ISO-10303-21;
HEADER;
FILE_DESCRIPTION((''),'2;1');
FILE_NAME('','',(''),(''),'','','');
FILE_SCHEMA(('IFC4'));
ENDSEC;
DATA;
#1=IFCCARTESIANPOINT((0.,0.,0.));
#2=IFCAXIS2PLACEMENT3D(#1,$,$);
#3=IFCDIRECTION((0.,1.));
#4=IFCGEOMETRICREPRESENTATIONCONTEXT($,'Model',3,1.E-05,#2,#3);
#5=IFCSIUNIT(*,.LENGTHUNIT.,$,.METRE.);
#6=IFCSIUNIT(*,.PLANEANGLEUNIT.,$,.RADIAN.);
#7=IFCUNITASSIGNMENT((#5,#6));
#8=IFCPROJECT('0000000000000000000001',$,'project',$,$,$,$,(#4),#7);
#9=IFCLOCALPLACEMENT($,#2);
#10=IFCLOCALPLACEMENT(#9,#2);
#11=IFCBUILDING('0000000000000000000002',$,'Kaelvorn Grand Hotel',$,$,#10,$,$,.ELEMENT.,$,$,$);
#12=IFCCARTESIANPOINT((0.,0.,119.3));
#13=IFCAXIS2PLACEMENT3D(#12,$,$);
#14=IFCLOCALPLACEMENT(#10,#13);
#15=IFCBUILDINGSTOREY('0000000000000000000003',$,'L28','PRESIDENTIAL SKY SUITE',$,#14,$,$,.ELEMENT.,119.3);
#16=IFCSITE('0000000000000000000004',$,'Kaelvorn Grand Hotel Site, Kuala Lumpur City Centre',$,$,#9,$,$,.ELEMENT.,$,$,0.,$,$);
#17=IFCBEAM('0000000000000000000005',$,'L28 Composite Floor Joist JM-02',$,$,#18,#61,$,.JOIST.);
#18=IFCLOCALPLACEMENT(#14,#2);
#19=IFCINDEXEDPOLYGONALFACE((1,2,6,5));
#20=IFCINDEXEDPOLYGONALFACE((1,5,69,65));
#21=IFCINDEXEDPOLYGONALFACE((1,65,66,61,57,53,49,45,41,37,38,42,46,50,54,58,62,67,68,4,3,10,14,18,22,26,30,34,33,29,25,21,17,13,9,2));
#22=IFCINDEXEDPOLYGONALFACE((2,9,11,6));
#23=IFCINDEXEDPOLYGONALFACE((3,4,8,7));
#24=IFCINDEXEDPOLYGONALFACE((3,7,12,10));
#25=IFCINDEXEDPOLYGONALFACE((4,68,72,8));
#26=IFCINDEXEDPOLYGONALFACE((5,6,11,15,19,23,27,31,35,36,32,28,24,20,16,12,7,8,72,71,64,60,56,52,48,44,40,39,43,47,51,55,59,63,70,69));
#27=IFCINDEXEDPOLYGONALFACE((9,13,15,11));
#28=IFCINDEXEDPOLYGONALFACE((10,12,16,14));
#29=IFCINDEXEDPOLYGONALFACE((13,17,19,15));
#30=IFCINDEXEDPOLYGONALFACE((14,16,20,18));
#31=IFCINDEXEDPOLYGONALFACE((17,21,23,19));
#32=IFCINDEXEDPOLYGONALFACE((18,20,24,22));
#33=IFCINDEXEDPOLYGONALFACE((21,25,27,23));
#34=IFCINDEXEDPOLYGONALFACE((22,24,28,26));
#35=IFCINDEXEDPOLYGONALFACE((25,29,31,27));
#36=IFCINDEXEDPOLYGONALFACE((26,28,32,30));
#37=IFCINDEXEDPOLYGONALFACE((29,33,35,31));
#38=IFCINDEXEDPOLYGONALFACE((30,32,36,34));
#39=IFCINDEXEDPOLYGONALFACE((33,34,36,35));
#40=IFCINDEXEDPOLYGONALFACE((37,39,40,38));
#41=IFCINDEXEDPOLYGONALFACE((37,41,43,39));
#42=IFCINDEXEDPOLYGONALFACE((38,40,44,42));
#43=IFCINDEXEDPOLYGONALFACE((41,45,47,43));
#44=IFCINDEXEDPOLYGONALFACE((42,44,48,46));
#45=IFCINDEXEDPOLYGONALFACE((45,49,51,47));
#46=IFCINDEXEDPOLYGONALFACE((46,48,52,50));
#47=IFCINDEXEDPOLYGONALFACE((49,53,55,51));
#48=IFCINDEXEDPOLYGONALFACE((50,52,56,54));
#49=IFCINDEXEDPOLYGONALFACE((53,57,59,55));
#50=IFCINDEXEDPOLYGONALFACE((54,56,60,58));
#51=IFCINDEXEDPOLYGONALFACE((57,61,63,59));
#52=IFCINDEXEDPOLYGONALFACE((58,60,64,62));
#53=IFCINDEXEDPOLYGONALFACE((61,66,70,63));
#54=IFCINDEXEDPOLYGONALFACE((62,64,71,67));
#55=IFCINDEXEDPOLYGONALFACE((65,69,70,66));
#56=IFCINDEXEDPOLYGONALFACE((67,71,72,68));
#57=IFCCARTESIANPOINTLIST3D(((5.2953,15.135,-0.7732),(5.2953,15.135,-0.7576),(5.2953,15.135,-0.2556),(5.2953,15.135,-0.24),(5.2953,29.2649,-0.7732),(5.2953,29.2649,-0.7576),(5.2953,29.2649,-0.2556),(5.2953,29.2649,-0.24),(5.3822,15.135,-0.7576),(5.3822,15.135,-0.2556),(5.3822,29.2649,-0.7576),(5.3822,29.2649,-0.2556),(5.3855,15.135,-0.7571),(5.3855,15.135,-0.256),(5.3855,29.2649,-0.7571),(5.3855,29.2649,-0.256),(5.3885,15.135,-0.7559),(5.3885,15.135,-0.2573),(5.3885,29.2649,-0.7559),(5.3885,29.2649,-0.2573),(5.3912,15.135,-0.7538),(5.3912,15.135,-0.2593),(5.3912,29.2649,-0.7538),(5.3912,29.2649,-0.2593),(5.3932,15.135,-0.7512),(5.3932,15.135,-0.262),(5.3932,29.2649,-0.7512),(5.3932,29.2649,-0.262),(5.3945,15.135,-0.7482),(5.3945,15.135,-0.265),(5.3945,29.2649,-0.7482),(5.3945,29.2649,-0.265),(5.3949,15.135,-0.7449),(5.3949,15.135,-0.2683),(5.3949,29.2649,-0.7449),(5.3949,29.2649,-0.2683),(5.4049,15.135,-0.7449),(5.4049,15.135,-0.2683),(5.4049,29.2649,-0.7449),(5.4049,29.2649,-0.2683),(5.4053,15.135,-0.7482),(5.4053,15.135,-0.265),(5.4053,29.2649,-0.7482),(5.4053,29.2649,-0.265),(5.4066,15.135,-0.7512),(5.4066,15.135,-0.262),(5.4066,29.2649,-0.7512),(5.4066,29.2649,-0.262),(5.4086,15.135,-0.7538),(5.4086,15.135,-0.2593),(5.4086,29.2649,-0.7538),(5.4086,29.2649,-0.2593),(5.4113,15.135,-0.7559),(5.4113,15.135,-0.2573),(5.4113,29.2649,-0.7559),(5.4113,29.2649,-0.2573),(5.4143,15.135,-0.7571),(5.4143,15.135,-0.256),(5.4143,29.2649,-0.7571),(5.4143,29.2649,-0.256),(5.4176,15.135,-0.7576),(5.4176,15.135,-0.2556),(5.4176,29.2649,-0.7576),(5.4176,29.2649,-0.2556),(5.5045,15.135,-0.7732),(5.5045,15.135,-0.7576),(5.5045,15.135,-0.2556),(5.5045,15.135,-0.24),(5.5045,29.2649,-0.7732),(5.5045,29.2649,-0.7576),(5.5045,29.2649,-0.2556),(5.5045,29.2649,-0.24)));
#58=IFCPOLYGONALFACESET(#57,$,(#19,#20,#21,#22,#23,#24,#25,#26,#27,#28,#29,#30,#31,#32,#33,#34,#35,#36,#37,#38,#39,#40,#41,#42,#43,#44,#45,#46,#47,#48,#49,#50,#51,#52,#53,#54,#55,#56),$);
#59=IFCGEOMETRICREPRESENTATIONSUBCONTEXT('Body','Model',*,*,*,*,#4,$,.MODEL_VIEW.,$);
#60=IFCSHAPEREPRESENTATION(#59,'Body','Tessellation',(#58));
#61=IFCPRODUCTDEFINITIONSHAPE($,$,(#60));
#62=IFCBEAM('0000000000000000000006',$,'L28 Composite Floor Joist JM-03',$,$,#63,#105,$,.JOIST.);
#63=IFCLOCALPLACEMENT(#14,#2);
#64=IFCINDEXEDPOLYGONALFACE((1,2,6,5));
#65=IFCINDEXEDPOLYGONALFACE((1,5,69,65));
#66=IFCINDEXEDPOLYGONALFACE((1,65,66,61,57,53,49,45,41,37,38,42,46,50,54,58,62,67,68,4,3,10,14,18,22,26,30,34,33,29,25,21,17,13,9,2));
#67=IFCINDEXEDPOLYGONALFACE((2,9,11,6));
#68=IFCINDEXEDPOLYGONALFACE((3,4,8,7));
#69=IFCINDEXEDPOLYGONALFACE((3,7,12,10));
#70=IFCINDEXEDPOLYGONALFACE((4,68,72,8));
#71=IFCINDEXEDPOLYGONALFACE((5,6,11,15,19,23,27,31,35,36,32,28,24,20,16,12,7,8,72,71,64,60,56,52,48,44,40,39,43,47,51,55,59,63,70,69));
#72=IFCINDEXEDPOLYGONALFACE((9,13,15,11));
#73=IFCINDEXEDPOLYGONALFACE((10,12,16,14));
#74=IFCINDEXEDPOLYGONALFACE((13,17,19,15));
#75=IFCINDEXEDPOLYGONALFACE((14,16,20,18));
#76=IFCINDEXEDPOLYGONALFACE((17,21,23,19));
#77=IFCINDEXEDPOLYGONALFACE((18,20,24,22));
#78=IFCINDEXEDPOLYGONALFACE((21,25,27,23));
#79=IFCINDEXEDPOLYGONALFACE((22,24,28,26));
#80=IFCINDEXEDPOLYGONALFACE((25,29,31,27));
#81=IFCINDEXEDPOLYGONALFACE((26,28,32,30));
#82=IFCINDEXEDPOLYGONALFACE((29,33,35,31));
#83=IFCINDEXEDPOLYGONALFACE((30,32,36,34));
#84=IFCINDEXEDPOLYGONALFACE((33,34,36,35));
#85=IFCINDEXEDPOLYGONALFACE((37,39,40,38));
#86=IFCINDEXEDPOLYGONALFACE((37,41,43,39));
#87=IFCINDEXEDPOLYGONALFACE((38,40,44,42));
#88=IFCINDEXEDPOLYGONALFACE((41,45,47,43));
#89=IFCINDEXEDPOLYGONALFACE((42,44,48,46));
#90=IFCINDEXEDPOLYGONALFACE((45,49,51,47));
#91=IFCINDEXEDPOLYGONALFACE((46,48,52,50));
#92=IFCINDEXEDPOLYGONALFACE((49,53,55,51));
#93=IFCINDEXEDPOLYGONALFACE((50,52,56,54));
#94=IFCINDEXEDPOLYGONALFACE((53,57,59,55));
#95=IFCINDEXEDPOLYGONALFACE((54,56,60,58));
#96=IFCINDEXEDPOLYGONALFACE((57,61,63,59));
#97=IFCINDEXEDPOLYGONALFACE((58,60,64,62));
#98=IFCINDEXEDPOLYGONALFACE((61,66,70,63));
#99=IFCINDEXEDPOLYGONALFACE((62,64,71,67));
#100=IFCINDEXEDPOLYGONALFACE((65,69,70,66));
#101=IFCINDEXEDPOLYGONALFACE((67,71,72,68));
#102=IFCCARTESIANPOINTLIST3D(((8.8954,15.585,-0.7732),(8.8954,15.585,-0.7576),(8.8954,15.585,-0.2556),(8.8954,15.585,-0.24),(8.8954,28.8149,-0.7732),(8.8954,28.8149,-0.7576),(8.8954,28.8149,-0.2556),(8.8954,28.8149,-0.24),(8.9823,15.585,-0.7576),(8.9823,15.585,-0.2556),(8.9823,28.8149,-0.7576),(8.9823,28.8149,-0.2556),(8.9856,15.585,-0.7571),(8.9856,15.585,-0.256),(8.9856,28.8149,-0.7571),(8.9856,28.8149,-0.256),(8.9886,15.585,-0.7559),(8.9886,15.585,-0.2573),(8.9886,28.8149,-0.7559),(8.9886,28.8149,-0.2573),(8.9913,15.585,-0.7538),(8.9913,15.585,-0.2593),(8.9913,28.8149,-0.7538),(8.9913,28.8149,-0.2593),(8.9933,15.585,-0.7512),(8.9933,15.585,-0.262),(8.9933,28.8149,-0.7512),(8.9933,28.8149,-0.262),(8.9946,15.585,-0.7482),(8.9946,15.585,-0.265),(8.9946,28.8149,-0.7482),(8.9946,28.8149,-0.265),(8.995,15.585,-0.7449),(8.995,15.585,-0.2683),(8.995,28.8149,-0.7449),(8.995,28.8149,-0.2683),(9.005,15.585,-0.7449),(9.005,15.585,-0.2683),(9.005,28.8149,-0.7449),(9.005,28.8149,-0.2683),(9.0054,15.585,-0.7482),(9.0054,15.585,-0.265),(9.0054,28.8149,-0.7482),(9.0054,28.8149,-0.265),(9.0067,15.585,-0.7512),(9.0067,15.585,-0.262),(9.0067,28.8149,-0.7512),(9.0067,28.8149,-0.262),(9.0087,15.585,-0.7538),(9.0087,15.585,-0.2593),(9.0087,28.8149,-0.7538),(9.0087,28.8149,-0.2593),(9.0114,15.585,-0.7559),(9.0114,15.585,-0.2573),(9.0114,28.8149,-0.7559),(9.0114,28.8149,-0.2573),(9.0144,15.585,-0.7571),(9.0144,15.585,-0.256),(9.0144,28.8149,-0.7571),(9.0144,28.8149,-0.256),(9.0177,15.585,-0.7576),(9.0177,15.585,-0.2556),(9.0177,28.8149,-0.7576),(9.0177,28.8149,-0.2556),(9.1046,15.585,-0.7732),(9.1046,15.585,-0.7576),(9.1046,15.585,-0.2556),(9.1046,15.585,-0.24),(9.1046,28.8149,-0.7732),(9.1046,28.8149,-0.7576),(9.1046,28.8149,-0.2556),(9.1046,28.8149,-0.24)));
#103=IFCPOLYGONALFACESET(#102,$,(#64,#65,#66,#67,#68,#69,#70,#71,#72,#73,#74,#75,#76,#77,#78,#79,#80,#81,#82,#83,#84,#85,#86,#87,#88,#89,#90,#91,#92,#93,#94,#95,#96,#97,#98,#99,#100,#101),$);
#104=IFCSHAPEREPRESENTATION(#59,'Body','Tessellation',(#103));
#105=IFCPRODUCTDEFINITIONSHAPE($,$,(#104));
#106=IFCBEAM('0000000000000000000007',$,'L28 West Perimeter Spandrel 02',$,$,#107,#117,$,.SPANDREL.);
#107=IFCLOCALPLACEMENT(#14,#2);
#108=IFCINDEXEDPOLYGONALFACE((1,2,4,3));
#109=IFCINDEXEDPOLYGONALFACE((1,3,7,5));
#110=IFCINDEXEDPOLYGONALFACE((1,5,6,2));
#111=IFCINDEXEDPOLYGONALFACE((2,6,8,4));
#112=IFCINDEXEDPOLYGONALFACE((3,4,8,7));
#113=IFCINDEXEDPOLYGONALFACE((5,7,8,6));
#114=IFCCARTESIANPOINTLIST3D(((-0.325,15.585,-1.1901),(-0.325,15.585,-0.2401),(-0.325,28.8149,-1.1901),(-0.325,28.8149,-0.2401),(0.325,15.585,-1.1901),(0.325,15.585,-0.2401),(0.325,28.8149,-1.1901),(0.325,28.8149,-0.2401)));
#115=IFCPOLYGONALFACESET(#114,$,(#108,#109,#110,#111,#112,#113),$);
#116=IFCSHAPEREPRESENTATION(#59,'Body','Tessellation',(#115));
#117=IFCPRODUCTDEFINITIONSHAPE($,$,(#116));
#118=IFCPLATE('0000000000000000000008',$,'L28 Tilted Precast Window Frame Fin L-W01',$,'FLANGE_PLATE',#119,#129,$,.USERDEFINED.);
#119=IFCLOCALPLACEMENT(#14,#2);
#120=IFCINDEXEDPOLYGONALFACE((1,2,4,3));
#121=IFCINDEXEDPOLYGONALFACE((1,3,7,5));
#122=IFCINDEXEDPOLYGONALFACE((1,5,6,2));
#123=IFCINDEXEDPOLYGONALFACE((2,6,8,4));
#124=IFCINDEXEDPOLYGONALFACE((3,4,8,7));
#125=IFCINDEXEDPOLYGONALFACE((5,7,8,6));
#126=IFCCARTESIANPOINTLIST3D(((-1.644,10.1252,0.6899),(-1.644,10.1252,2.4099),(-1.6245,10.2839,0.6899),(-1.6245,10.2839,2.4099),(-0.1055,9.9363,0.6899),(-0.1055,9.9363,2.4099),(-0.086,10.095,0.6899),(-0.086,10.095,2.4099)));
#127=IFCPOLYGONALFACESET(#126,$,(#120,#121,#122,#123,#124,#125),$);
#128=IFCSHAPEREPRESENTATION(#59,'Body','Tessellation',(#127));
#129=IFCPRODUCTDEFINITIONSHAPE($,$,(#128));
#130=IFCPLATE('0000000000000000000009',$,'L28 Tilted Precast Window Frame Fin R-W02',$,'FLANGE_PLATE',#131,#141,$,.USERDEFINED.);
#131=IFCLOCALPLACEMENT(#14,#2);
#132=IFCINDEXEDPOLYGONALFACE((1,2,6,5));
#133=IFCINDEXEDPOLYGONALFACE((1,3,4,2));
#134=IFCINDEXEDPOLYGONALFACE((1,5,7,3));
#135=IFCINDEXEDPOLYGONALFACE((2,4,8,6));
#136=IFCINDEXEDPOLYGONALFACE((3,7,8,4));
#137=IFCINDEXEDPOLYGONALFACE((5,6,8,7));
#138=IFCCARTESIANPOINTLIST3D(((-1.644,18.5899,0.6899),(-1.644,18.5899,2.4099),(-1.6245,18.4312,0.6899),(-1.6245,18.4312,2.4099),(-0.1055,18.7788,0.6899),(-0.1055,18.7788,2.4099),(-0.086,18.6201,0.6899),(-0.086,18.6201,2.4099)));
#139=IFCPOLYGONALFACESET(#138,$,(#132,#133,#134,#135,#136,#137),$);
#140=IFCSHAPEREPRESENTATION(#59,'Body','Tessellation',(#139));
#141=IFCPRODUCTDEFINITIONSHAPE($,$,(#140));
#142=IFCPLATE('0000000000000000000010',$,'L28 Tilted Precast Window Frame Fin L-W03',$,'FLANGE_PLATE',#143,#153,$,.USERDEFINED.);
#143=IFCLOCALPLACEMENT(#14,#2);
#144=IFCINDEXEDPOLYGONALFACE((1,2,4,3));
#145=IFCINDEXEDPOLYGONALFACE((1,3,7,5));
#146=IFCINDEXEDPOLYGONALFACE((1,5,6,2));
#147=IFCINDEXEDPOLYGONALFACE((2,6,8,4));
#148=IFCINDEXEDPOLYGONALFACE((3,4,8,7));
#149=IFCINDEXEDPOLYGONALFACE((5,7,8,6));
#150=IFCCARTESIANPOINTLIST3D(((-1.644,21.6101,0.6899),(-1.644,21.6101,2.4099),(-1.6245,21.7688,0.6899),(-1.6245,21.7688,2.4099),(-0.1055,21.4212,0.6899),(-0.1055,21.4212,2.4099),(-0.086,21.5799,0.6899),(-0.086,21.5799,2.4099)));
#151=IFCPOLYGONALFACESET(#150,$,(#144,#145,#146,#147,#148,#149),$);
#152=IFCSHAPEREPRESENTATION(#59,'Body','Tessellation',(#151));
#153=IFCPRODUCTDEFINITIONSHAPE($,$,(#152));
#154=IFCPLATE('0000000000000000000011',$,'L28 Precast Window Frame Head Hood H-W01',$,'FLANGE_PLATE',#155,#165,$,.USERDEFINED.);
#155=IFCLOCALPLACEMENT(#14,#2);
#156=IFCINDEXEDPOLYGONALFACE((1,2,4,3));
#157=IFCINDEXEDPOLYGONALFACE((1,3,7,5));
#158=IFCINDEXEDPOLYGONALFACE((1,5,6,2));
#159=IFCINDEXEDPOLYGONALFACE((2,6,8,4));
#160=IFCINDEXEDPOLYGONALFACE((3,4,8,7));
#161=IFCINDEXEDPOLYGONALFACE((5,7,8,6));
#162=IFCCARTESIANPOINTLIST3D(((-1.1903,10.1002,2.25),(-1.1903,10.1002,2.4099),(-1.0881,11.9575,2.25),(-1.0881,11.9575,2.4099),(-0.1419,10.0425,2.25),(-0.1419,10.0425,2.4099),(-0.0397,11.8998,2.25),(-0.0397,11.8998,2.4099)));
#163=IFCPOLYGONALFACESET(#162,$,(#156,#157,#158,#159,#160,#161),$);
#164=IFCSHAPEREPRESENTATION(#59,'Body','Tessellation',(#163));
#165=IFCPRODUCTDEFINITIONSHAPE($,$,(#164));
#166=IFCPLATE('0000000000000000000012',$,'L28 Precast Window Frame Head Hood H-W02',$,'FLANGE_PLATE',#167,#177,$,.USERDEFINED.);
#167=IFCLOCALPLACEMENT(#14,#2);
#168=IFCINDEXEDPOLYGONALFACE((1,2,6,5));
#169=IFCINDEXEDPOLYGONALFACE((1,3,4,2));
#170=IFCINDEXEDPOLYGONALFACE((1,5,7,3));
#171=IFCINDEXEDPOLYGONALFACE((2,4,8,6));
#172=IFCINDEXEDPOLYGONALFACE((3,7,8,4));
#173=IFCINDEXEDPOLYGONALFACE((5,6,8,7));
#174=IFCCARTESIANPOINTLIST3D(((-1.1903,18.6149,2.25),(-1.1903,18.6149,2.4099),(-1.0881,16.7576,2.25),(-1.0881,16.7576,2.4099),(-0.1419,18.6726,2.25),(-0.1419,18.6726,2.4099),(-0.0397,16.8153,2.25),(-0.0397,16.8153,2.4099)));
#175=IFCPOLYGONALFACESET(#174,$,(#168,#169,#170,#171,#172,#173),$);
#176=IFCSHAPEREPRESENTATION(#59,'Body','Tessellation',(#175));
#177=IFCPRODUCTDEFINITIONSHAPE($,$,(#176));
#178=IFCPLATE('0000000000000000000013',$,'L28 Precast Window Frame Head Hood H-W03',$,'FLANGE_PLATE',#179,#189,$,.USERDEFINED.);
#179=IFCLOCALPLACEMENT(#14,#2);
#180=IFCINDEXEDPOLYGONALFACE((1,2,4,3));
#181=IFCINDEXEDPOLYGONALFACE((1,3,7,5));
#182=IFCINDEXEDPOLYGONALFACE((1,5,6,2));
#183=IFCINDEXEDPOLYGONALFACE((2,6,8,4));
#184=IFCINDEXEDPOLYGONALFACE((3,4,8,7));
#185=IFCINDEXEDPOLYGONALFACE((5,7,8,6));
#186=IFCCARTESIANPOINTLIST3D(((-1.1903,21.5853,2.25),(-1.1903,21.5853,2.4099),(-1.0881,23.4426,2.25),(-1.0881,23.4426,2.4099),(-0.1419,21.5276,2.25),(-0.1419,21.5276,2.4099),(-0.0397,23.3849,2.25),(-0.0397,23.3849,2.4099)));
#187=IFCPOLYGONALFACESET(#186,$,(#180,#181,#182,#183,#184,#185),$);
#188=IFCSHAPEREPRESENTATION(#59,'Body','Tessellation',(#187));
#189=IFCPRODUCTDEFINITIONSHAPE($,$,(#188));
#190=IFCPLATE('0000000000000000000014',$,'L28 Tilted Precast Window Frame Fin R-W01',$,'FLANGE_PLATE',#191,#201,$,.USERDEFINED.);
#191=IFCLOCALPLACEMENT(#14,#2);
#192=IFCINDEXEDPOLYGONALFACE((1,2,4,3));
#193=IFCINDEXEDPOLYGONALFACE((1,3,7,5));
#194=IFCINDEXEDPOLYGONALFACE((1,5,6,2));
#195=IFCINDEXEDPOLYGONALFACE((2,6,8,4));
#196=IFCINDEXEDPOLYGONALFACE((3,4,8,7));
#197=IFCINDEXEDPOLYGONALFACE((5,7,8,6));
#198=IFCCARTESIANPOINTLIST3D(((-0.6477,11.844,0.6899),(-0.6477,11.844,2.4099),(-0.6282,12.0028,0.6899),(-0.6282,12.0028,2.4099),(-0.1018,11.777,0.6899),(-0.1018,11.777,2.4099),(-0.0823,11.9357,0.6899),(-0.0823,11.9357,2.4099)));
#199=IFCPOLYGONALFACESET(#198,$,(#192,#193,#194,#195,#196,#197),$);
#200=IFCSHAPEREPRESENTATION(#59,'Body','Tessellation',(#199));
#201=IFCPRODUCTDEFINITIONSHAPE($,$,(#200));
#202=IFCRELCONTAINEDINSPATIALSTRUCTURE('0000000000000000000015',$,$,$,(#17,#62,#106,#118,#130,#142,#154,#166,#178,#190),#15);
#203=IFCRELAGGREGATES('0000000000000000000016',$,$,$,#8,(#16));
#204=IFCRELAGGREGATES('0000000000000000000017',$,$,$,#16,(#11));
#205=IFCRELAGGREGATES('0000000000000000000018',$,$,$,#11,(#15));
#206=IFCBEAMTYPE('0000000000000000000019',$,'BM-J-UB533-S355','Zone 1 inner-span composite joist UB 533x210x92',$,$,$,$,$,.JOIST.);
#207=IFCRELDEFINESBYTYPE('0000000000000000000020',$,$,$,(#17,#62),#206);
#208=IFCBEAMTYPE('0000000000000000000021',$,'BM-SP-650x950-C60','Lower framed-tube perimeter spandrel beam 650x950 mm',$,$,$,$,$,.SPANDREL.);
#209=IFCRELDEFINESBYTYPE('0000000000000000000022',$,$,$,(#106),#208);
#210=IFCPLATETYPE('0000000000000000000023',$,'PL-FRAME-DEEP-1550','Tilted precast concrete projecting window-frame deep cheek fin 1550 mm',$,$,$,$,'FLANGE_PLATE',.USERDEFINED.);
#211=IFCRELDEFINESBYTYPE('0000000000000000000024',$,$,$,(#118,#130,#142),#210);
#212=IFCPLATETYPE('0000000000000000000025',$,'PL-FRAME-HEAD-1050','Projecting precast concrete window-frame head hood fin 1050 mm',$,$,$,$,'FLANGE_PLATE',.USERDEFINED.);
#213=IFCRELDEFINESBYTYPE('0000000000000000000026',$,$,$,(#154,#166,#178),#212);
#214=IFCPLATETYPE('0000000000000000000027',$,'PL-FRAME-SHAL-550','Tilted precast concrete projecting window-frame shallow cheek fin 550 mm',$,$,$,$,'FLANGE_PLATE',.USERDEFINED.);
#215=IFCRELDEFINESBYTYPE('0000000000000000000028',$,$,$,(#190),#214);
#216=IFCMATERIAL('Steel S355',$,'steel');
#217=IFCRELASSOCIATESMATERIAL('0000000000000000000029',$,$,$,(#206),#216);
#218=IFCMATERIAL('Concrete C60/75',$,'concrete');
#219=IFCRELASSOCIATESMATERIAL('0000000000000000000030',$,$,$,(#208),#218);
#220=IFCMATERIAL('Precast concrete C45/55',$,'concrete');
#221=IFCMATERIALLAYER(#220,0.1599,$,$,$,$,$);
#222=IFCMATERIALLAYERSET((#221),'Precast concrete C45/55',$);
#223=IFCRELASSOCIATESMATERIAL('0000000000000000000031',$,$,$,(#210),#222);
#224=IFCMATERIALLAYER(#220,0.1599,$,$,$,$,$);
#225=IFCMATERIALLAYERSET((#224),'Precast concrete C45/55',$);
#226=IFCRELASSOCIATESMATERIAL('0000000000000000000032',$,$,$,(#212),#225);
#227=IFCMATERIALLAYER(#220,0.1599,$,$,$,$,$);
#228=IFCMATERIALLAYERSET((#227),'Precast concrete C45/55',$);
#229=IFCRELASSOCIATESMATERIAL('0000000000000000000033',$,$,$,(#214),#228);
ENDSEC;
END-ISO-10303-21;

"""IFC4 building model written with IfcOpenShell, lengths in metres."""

from ifc_helpers import new_model, si_unit, direction, frame, origin, origin_2d, place, context, subcontext, project, spatial, rectangle, i_section, extrude, material, layer, layer_set, material_profile, profile_set, type_object, element, save


model = new_model("IFC4")

# Units and contexts
model_context = context("Model", 3, precision=1e-05, world=origin(), true_north=direction((0.0, 1.0)))
body_context = subcontext(model_context, "Body", "Model", "MODEL_VIEW")
ifc_project = project(units=[si_unit("LENGTHUNIT", "METRE"), si_unit("PLANEANGLEUNIT", "RADIAN")], contexts=[model_context])

# Site, building, storey
site_placement = place(None, origin())
site = spatial("IfcSite", under=ifc_project, at=site_placement, Name="Kaelvorn Grand Hotel Site, Kuala Lumpur City Centre", CompositionType="ELEMENT", RefElevation=0.0)
building_placement = place(site_placement, origin())
building = spatial("IfcBuilding", under=site, at=building_placement, Name="Kaelvorn Grand Hotel", CompositionType="ELEMENT")
storey_placement = place(building_placement, frame((0.0, 0.0, 119.3)))
storey = spatial("IfcBuildingStorey", under=building, at=storey_placement, Name="L28", Description="PRESIDENTIAL SKY SUITE", CompositionType="ELEMENT", Elevation=119.3)

# Shared definitions
ifc_material_1 = material(Name="Concrete C60/75", Category="concrete")

# Beams
ifc_material_2 = material(Name="Steel S355", Category="steel")
ifc_material_profile_1 = material_profile(ifc_material_2, i_section(OverallWidth=0.2092, OverallDepth=0.5332, WebThickness=0.01, FlangeThickness=0.0156, FilletRadius=0.0127, at=origin_2d()), Name="UB 533x210x92")
ifc_profile_set_1 = profile_set([ifc_material_profile_1], Name="Steel S355")
beam_type_1 = type_object("IfcBeamType", Name="BM-J-UB533-S355", Description="Zone 1 inner-span composite joist UB 533x210x92", PredefinedType="JOIST", material=ifc_profile_set_1)
beam_1_placement = place(storey_placement, frame((5.3999, 15.135, -0.5066), z_axis=(0.0, 1.0, 0.0), x_axis=(-1.0, 0.0, 0.0)))
element("IfcBeam", 1, at=beam_1_placement, inside=storey, type_object=beam_type_1, Name="L28 Composite Floor Joist JM-02", PredefinedType="JOIST", context=body_context, shape_type="SweptSolid", body=[
    extrude(i_section(OverallWidth=0.2092, OverallDepth=0.5332, WebThickness=0.01, FlangeThickness=0.0156, FilletRadius=0.0127, at=origin_2d()), origin(), (0.0, 0.0, 1.0), 14.1299),
])
beam_2_placement = place(storey_placement, frame((9.0, 15.585, -0.5066), z_axis=(0.0, 1.0, 0.0), x_axis=(-1.0, 0.0, 0.0)))
element("IfcBeam", 2, at=beam_2_placement, inside=storey, type_object=beam_type_1, Name="L28 Composite Floor Joist JM-03", PredefinedType="JOIST", context=body_context, shape_type="SweptSolid", body=[
    extrude(i_section(OverallWidth=0.2092, OverallDepth=0.5332, WebThickness=0.01, FlangeThickness=0.0156, FilletRadius=0.0127, at=origin_2d()), origin(), (0.0, 0.0, 1.0), 13.23),
])
ifc_material_profile_2 = material_profile(ifc_material_1, rectangle(XDim=0.6499, YDim=0.95, at=origin_2d()), Name="RC SPANDREL 650x950")
ifc_profile_set_2 = profile_set([ifc_material_profile_2], Name="Concrete C60/75")
beam_type_2 = type_object("IfcBeamType", Name="BM-SP-650x950-C60", Description="Lower framed-tube perimeter spandrel beam 650x950 mm", PredefinedType="SPANDREL", material=ifc_profile_set_2)
beam_3_placement = place(storey_placement, frame((0.0, 15.585, -0.7151), z_axis=(0.0, 1.0, 0.0), x_axis=(-1.0, 0.0, 0.0)))
element("IfcBeam", 3, at=beam_3_placement, inside=storey, type_object=beam_type_2, Name="L28 West Perimeter Spandrel 02", PredefinedType="SPANDREL", context=body_context, shape_type="SweptSolid", body=[
    extrude(rectangle(XDim=0.6499, YDim=0.95, at=origin_2d()), origin(), (0.0, 0.0, 1.0), 13.23),
])

# Plates
ifc_material_3 = material(Name="Precast concrete C45/55", Category="concrete")
ifc_layer_1 = layer(ifc_material_3, 0.1599)
ifc_layer_set_1 = layer_set([ifc_layer_1], Name="Precast concrete C45/55")
plate_type_1 = type_object("IfcPlateType", Name="PL-FRAME-DEEP-1550", Description="Tilted precast concrete projecting window-frame deep cheek fin 1550 mm", ElementType="FLANGE_PLATE", PredefinedType="USERDEFINED", material=ifc_layer_set_1)
for number, where, z_axis, x_axis, name in (
    (4, (-0.865, 10.1101, 0.6899), (0.0, 0.0, 1.0), (0.121869, 0.992546, 0.0), "L28 Tilted Precast Window Frame Fin L-W01"),
    (5, (-0.865, 18.605, 0.6899), (0.0, 0.0, 1.0), (-0.121869, 0.992546, 0.0), "L28 Tilted Precast Window Frame Fin R-W02"),
    (6, (-0.865, 21.595, 0.6899), (0.0, 0.0, 1.0), (0.121869, 0.992546, 0.0), "L28 Tilted Precast Window Frame Fin L-W03"),
):
    element("IfcPlate", number, at=place(storey_placement, frame(where, z_axis=z_axis, x_axis=x_axis)), inside=storey, type_object=plate_type_1, Name=name, ObjectType="FLANGE_PLATE", PredefinedType="USERDEFINED", context=body_context, shape_type="SweptSolid", body=[
        extrude(rectangle(XDim=0.1599, YDim=1.55, at=origin_2d()), origin(), (0.0, 0.0, 1.0), 1.72),
    ])
ifc_layer_2 = layer(ifc_material_3, 0.1599)
ifc_layer_set_2 = layer_set([ifc_layer_2], Name="Precast concrete C45/55")
plate_type_2 = type_object("IfcPlateType", Name="PL-FRAME-HEAD-1050", Description="Projecting precast concrete window-frame head hood fin 1050 mm", ElementType="FLANGE_PLATE", PredefinedType="USERDEFINED", material=ifc_layer_set_2)
for number, where, z_axis, x_axis, name in (
    (7, (-0.615, 11.0, 2.25), (0.0, 0.0, 1.0), (0.05495, 0.998489, 0.0), "L28 Precast Window Frame Head Hood H-W01"),
    (8, (-0.615, 17.7151, 2.25), (0.0, 0.0, 1.0), (-0.05495, 0.998489, 0.0), "L28 Precast Window Frame Head Hood H-W02"),
    (9, (-0.615, 22.4851, 2.25), (0.0, 0.0, 1.0), (0.05495, 0.998489, 0.0), "L28 Precast Window Frame Head Hood H-W03"),
):
    element("IfcPlate", number, at=place(storey_placement, frame(where, z_axis=z_axis, x_axis=x_axis)), inside=storey, type_object=plate_type_2, Name=name, ObjectType="FLANGE_PLATE", PredefinedType="USERDEFINED", context=body_context, shape_type="SweptSolid", body=[
        extrude(rectangle(XDim=1.8601, YDim=1.05, at=origin_2d()), origin(), (0.0, 0.0, 1.0), 0.1599),
    ])
ifc_layer_3 = layer(ifc_material_3, 0.1599)
ifc_layer_set_3 = layer_set([ifc_layer_3], Name="Precast concrete C45/55")
plate_type_3 = type_object("IfcPlateType", Name="PL-FRAME-SHAL-550", Description="Tilted precast concrete projecting window-frame shallow cheek fin 550 mm", ElementType="FLANGE_PLATE", PredefinedType="USERDEFINED", material=ifc_layer_set_3)
for number, where, z_axis, x_axis, name in (
    (10, (-0.365, 11.8899, 0.6899), (0.0, 0.0, 1.0), (0.121869, 0.992546, 0.0), "L28 Tilted Precast Window Frame Fin R-W01"),
):
    element("IfcPlate", number, at=place(storey_placement, frame(where, z_axis=z_axis, x_axis=x_axis)), inside=storey, type_object=plate_type_3, Name=name, ObjectType="FLANGE_PLATE", PredefinedType="USERDEFINED", context=body_context, shape_type="SweptSolid", body=[
        extrude(rectangle(XDim=0.1599, YDim=0.55, at=origin_2d()), origin(), (0.0, 0.0, 1.0), 1.72),
    ])

save(model, "model.ifc")
